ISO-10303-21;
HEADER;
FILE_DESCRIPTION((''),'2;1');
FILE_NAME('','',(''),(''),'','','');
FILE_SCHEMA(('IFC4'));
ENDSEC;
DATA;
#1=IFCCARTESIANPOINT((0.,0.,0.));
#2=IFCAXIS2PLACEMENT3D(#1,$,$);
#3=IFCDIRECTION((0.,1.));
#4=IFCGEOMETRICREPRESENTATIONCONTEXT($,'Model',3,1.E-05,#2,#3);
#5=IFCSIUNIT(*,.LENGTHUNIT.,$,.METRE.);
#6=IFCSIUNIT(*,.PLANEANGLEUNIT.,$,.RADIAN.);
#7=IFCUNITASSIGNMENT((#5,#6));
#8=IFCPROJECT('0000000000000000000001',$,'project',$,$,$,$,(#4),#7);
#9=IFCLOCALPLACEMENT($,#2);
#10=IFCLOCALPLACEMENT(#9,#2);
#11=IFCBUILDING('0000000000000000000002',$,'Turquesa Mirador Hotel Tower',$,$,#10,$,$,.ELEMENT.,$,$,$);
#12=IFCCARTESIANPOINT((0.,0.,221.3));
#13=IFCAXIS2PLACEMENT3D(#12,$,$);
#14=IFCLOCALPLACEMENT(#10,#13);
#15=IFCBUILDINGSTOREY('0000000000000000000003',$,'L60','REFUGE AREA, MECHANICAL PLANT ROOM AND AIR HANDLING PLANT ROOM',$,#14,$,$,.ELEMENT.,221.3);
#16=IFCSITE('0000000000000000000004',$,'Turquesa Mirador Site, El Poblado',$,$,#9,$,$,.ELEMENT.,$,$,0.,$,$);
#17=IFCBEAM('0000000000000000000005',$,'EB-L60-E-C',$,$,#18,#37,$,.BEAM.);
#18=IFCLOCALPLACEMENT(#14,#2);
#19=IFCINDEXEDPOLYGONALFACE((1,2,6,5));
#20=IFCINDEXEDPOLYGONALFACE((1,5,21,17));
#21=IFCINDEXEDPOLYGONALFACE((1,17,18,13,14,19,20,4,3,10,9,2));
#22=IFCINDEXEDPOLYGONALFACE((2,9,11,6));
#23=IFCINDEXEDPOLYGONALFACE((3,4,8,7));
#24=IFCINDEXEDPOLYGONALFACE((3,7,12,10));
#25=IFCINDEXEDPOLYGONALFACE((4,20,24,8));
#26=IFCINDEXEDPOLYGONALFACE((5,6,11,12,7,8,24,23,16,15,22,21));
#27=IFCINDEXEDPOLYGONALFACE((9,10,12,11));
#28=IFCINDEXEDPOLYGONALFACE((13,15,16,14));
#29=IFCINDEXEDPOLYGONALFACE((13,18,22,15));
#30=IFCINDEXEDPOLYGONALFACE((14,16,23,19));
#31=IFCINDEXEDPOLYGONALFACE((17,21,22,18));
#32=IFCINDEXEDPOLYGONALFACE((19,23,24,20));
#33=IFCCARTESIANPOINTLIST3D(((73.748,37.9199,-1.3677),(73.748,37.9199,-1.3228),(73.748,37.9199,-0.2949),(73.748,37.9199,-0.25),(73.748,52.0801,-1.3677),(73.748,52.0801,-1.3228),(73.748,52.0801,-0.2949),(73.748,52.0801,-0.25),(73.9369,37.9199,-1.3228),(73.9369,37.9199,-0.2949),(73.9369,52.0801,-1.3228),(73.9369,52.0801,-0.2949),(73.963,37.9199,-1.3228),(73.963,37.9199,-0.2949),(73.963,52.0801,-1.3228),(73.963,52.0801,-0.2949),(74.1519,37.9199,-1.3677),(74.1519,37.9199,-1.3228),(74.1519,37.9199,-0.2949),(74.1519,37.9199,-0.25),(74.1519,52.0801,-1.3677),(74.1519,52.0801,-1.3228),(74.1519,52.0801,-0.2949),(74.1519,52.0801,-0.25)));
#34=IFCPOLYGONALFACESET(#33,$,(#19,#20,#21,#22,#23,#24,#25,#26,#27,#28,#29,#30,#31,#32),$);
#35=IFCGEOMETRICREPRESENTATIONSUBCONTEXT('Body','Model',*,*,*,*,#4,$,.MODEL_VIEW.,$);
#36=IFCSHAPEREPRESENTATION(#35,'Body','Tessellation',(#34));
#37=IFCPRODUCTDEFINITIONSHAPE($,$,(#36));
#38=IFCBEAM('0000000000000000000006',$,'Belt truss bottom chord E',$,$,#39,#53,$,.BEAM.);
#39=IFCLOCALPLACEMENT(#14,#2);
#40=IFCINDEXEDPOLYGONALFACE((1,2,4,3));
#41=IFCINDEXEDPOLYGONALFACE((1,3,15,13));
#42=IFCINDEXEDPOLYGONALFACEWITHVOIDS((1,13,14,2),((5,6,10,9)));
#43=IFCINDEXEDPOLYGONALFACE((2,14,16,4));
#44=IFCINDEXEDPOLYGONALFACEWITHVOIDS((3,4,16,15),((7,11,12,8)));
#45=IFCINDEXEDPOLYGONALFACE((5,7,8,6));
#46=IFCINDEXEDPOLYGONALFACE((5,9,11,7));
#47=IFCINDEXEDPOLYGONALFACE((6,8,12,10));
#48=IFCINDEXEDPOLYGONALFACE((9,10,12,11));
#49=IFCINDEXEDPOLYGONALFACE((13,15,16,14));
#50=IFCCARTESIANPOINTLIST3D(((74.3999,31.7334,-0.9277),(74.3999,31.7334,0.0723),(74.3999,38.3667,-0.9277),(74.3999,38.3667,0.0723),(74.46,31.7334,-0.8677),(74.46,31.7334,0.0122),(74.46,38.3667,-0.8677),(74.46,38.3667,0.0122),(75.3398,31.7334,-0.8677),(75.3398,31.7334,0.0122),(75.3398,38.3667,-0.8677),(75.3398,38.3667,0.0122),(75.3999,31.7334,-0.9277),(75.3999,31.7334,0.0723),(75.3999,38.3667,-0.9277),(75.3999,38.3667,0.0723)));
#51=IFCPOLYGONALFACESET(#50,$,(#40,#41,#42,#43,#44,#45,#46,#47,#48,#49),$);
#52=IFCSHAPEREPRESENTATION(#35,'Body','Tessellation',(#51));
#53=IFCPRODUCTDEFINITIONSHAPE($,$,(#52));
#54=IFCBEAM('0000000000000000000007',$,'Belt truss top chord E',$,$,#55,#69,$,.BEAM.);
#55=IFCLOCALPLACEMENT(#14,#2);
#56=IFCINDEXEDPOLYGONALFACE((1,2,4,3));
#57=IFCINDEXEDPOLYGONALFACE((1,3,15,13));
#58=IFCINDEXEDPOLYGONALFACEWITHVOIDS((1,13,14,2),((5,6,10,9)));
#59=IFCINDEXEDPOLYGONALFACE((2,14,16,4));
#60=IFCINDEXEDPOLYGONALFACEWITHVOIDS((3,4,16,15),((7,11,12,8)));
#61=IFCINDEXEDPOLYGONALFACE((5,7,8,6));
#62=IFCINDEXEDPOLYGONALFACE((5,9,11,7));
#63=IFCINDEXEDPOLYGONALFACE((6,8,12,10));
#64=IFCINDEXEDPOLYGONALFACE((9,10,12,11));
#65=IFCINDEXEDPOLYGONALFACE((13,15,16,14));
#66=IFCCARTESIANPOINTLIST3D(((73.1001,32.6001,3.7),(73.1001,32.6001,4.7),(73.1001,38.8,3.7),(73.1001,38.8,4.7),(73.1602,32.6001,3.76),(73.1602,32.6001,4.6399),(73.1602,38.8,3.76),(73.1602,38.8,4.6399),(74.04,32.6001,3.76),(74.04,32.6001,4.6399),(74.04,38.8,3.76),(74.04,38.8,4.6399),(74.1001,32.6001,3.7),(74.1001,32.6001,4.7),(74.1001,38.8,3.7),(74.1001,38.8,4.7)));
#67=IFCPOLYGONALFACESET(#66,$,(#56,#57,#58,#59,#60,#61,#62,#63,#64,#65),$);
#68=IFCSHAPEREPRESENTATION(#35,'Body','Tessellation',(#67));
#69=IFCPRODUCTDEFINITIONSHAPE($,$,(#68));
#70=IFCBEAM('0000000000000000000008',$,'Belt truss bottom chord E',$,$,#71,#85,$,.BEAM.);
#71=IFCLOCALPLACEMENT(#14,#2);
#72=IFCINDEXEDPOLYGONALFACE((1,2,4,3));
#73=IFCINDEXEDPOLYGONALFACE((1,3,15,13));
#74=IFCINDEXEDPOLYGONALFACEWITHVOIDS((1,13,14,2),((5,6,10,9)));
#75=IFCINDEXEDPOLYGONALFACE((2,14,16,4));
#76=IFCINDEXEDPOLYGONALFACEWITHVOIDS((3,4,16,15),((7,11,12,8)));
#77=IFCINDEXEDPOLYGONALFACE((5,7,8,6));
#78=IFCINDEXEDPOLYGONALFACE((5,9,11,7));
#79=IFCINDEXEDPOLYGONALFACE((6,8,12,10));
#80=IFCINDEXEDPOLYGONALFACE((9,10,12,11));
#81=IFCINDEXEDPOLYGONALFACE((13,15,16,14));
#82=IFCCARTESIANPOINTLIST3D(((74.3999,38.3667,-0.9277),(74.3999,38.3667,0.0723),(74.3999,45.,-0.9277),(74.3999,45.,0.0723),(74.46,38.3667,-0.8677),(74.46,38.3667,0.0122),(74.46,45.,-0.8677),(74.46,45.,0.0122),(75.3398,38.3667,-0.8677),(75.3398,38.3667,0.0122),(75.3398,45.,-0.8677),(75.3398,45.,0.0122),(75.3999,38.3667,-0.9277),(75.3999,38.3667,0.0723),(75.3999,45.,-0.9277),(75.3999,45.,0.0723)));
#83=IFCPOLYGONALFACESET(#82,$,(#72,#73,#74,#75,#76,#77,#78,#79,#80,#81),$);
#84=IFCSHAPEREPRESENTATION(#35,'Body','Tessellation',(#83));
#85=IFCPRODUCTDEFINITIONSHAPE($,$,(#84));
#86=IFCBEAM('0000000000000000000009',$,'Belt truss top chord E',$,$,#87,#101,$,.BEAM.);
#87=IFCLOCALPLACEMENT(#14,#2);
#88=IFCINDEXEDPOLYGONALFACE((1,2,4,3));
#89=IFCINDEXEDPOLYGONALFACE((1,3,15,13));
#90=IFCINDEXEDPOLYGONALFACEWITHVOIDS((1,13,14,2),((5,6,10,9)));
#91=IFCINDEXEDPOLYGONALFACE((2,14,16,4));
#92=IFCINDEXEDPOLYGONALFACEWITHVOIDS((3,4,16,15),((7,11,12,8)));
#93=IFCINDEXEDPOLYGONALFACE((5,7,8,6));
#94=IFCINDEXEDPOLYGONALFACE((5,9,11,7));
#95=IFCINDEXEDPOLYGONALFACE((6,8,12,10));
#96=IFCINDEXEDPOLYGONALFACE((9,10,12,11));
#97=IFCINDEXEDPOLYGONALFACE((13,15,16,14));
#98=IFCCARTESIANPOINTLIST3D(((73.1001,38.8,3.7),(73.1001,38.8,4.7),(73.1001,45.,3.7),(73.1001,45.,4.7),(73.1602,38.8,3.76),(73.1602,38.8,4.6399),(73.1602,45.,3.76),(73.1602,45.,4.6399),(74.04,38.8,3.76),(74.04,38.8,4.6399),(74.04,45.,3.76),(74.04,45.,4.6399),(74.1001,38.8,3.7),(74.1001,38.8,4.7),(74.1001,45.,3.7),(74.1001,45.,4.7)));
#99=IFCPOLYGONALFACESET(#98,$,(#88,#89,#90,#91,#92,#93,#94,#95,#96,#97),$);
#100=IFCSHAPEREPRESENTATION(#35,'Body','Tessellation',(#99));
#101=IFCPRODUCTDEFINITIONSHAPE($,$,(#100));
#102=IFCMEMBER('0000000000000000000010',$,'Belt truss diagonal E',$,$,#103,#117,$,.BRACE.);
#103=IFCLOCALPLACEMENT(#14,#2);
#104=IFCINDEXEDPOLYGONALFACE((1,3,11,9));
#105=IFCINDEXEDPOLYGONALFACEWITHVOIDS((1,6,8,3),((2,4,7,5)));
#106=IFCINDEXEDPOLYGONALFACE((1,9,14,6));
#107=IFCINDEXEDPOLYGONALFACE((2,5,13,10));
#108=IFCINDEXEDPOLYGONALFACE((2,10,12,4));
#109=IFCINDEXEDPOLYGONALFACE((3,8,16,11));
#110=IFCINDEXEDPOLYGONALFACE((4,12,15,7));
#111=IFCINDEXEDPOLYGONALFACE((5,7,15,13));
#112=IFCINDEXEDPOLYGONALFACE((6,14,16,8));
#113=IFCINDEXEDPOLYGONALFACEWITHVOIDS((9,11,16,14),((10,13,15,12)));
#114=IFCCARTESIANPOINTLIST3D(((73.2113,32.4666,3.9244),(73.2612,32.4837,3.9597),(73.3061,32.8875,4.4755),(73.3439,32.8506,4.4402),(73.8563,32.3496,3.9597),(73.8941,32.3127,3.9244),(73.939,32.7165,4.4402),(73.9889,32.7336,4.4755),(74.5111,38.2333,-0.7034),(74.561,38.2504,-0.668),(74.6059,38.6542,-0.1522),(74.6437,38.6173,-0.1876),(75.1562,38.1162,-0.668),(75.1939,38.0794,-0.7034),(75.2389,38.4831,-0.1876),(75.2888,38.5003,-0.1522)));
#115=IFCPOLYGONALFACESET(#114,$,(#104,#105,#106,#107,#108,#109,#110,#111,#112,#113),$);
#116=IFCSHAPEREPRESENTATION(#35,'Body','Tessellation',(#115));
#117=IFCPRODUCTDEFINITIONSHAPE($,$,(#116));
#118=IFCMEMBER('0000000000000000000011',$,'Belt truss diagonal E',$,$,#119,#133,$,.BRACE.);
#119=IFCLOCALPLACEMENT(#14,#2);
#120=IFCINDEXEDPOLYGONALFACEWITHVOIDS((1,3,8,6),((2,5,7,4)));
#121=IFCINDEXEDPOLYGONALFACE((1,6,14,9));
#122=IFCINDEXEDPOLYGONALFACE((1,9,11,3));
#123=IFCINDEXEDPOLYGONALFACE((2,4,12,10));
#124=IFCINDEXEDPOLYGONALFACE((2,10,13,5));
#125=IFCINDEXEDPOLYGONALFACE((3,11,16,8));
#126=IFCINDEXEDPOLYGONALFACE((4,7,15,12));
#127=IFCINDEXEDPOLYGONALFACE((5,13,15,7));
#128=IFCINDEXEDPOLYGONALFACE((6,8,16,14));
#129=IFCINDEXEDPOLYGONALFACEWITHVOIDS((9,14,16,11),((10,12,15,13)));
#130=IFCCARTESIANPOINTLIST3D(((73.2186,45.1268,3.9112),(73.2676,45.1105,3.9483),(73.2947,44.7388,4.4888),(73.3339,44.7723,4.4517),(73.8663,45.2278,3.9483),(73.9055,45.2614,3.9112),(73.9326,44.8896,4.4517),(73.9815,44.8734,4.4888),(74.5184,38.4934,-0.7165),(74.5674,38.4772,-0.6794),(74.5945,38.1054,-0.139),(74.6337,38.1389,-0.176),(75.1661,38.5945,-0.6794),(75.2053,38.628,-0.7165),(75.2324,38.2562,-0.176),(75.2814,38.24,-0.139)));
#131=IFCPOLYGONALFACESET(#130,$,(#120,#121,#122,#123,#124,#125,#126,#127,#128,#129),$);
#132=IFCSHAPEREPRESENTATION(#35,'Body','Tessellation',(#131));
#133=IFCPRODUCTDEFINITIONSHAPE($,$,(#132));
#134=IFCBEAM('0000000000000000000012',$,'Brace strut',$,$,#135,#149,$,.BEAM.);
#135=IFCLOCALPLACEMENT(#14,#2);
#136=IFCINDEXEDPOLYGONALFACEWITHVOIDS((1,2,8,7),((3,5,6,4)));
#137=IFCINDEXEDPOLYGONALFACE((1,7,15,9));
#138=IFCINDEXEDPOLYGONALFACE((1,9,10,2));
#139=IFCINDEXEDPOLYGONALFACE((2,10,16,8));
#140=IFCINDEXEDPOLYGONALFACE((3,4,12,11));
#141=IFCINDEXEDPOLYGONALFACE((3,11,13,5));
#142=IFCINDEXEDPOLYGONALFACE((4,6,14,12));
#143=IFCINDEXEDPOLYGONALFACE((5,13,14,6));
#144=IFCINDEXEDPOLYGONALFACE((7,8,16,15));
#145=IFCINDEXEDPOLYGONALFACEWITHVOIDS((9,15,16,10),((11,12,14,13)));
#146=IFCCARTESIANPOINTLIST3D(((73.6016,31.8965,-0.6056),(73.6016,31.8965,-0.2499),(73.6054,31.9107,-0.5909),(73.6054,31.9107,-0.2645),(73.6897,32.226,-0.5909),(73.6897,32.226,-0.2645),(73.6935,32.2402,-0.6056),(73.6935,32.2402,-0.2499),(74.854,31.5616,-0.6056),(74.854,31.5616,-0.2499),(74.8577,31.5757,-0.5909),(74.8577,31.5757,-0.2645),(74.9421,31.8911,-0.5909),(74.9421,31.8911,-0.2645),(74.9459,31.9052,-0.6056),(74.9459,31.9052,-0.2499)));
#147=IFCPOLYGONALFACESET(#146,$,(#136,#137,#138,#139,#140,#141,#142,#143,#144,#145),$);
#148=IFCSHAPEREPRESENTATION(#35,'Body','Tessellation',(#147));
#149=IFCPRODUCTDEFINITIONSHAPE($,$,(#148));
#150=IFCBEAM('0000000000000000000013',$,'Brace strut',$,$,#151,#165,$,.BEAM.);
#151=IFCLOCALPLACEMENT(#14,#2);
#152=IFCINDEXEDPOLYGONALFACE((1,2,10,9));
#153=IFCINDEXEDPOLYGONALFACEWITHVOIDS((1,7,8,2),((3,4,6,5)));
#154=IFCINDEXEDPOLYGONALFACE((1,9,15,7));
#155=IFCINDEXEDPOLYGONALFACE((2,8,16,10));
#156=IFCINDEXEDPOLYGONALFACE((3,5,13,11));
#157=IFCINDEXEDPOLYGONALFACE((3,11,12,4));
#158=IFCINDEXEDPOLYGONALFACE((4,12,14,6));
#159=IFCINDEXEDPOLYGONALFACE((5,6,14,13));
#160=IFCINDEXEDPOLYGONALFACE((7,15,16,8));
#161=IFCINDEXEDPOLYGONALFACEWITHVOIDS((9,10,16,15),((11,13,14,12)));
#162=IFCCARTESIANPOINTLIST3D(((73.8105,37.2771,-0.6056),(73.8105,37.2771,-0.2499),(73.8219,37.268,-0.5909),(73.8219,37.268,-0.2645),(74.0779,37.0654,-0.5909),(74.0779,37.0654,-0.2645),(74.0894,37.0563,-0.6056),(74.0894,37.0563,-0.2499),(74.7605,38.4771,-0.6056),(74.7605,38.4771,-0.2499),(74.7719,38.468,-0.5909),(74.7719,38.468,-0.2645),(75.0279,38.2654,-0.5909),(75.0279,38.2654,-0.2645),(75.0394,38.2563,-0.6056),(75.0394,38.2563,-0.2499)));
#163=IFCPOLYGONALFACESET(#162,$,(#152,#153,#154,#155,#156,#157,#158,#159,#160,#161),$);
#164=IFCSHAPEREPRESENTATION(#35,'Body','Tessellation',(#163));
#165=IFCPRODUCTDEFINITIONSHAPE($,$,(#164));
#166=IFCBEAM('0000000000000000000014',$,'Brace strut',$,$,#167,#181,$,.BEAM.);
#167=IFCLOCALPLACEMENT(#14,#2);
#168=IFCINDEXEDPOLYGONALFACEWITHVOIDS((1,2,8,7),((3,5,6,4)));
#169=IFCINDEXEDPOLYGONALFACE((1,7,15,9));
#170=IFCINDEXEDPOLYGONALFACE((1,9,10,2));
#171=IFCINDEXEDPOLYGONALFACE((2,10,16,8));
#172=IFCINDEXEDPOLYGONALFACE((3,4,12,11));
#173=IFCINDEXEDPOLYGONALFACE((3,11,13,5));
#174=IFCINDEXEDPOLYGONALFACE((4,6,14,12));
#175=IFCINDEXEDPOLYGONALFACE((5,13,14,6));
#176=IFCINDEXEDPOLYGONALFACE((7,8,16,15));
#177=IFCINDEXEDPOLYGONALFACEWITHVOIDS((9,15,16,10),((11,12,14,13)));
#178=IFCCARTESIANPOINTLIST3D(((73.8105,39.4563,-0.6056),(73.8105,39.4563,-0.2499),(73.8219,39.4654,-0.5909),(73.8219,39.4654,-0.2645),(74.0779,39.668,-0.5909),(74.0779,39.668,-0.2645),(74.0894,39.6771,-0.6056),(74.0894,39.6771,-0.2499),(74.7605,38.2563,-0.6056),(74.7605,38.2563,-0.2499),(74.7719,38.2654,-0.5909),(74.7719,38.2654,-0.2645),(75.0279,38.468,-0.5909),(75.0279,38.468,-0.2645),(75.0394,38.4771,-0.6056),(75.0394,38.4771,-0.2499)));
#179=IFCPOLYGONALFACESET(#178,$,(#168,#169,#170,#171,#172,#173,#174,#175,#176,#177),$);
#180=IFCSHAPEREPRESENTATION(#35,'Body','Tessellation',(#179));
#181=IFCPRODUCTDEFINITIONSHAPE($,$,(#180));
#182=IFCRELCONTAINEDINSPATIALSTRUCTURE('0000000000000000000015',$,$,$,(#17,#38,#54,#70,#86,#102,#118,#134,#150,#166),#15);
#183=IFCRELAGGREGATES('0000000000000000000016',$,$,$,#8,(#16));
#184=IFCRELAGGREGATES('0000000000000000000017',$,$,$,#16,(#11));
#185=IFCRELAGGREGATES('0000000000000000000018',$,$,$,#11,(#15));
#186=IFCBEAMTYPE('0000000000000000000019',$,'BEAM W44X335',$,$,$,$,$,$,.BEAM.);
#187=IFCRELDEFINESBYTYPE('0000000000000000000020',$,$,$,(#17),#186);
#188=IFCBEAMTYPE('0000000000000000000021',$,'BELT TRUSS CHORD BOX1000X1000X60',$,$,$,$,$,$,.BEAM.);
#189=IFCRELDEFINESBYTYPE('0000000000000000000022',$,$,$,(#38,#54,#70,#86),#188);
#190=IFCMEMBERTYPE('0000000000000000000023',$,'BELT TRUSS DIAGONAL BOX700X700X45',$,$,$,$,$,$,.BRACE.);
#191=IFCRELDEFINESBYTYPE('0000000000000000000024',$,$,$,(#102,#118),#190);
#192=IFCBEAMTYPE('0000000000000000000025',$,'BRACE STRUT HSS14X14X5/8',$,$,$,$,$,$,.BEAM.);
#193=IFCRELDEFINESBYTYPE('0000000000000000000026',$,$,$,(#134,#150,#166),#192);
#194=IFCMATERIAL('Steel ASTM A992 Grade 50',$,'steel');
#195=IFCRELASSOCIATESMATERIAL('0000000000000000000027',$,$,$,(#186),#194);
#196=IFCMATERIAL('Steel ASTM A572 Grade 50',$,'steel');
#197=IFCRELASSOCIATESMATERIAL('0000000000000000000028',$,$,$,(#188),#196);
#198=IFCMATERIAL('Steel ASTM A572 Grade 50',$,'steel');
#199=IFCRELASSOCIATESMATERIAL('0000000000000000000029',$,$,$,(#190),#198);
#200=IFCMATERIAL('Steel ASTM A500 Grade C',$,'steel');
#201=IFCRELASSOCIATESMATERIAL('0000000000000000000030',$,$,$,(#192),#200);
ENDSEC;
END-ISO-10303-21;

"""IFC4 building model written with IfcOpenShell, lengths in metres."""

from ifc_helpers import new_model, si_unit, direction, frame, origin, origin_2d, place, context, subcontext, project, spatial, hollow_rectangle, i_section, extrude, material, material_profile, profile_set, type_object, element, save


model = new_model("IFC4")

# Units and contexts
model_context = context("Model", 3, precision=1e-05, world=origin(), true_north=direction((0.0, 1.0)))
body_context = subcontext(model_context, "Body", "Model", "MODEL_VIEW")
ifc_project = project(units=[si_unit("LENGTHUNIT", "METRE"), si_unit("PLANEANGLEUNIT", "RADIAN")], contexts=[model_context])

# Site, building, storey
site_placement = place(None, origin())
site = spatial("IfcSite", under=ifc_project, at=site_placement, Name="Turquesa Mirador Site, El Poblado", CompositionType="ELEMENT", RefElevation=0.0)
building_placement = place(site_placement, origin())
building = spatial("IfcBuilding", under=site, at=building_placement, Name="Turquesa Mirador Hotel Tower", CompositionType="ELEMENT")
storey_placement = place(building_placement, frame((0.0, 0.0, 221.3)))
storey = spatial("IfcBuildingStorey", under=building, at=storey_placement, Name="L60", Description="REFUGE AREA, MECHANICAL PLANT ROOM AND AIR HANDLING PLANT ROOM", CompositionType="ELEMENT", Elevation=221.3)

# Beams
ifc_material_1 = material(Name="Steel ASTM A992 Grade 50", Category="steel")
ifc_material_profile_1 = material_profile(ifc_material_1, i_section(OverallWidth=0.4038, OverallDepth=1.1177, WebThickness=0.0261, FlangeThickness=0.0449, at=origin_2d()), Name="W44X335")
ifc_profile_set_1 = profile_set([ifc_material_profile_1], Name="Steel ASTM A992 Grade 50")
beam_type_1 = type_object("IfcBeamType", Name="BEAM W44X335", PredefinedType="BEAM", material=ifc_profile_set_1)
beam_1_placement = place(storey_placement, frame((73.95, 37.9199, -0.8088), z_axis=(0.0, 1.0, 0.0), x_axis=(-1.0, 0.0, 0.0)))
element("IfcBeam", 1, at=beam_1_placement, inside=storey, type_object=beam_type_1, Name="EB-L60-E-C", PredefinedType="BEAM", context=body_context, shape_type="SweptSolid", body=[
    extrude(i_section(OverallWidth=0.4038, OverallDepth=1.1177, WebThickness=0.0261, FlangeThickness=0.0449, at=origin_2d()), origin(), (0.0, 0.0, 1.0), 14.1602),
])
ifc_material_2 = material(Name="Steel ASTM A572 Grade 50", Category="steel")
ifc_material_profile_2 = material_profile(ifc_material_2, hollow_rectangle(XDim=1.0, YDim=1.0, WallThickness=0.0601, at=origin_2d()), Name="BOX1000X1000X60")
ifc_profile_set_2 = profile_set([ifc_material_profile_2], Name="Steel ASTM A572 Grade 50")
beam_type_2 = type_object("IfcBeamType", Name="BELT TRUSS CHORD BOX1000X1000X60", PredefinedType="BEAM", material=ifc_profile_set_2)
beam_2_placement = place(storey_placement, frame((74.8999, 31.7334, -0.4277), z_axis=(0.0, 1.0, 0.0), x_axis=(-1.0, 0.0, 0.0)))
element("IfcBeam", 2, at=beam_2_placement, inside=storey, type_object=beam_type_2, Name="Belt truss bottom chord E", PredefinedType="BEAM", context=body_context, shape_type="SweptSolid", body=[
    extrude(hollow_rectangle(XDim=1.0, YDim=1.0, WallThickness=0.0601, at=origin_2d()), origin(), (0.0, 0.0, 1.0), 6.6333),
])
beam_3_placement = place(storey_placement, frame((73.6001, 32.6001, 4.2), z_axis=(0.0, 1.0, 0.0), x_axis=(-1.0, 0.0, 0.0)))
element("IfcBeam", 3, at=beam_3_placement, inside=storey, type_object=beam_type_2, Name="Belt truss top chord E", PredefinedType="BEAM", context=body_context, shape_type="SweptSolid", body=[
    extrude(hollow_rectangle(XDim=1.0, YDim=1.0, WallThickness=0.0601, at=origin_2d()), origin(), (0.0, 0.0, 1.0), 6.2),
])
beam_4_placement = place(storey_placement, frame((74.8999, 38.3667, -0.4277), z_axis=(0.0, 1.0, 0.0), x_axis=(-1.0, 0.0, 0.0)))
element("IfcBeam", 4, at=beam_4_placement, inside=storey, type_object=beam_type_2, Name="Belt truss bottom chord E", PredefinedType="BEAM", context=body_context, shape_type="SweptSolid", body=[
    extrude(hollow_rectangle(XDim=1.0, YDim=1.0, WallThickness=0.0601, at=origin_2d()), origin(), (0.0, 0.0, 1.0), 6.6333),
])
beam_5_placement = place(storey_placement, frame((73.6001, 38.8, 4.2), z_axis=(0.0, 1.0, 0.0), x_axis=(-1.0, 0.0, 0.0)))
element("IfcBeam", 5, at=beam_5_placement, inside=storey, type_object=beam_type_2, Name="Belt truss top chord E", PredefinedType="BEAM", context=body_context, shape_type="SweptSolid", body=[
    extrude(hollow_rectangle(XDim=1.0, YDim=1.0, WallThickness=0.0601, at=origin_2d()), origin(), (0.0, 0.0, 1.0), 6.2),
])

# Members
ifc_material_3 = material(Name="Steel ASTM A572 Grade 50", Category="steel")
ifc_material_profile_3 = material_profile(ifc_material_3, hollow_rectangle(XDim=0.7, YDim=0.7, WallThickness=0.0449, at=origin_2d()), Name="BOX700X700X45")
ifc_profile_set_3 = profile_set([ifc_material_profile_3], Name="Steel ASTM A572 Grade 50")
member_type = type_object("IfcMemberType", Name="BELT TRUSS DIAGONAL BOX700X700X45", PredefinedType="BRACE", material=ifc_profile_set_3)
member_1_placement = place(storey_placement, frame((73.6001, 32.6001, 4.2), z_axis=(0.17314, 0.768139, -0.61643), x_axis=(-0.975526, 0.219886, 0.0)))
element("IfcMember", 6, at=member_1_placement, inside=storey, type_object=member_type, Name="Belt truss diagonal E", PredefinedType="BRACE", context=body_context, shape_type="SweptSolid", body=[
    extrude(hollow_rectangle(XDim=0.7, YDim=0.7, WallThickness=0.0449, at=origin_2d()), origin(), (0.0, 0.0, 1.0), 7.5073),
])
member_2_placement = place(storey_placement, frame((74.8999, 38.3667, -0.4277), z_axis=(-0.158671, 0.809749, 0.564917), x_axis=(-0.981337, -0.192294, 0.0)))
element("IfcMember", 7, at=member_2_placement, inside=storey, type_object=member_type, Name="Belt truss diagonal E", PredefinedType="BRACE", context=body_context, shape_type="SweptSolid", body=[
    extrude(hollow_rectangle(XDim=0.7, YDim=0.7, WallThickness=0.0449, at=origin_2d()), origin(), (0.0, 0.0, 1.0), 8.1919),
])

# Beams
ifc_material_4 = material(Name="Steel ASTM A500 Grade C", Category="steel")
ifc_material_profile_4 = material_profile(ifc_material_4, hollow_rectangle(XDim=0.3557, YDim=0.3557, WallThickness=0.0146, at=origin_2d()), Name="HSS14X14X5/8")
ifc_profile_set_4 = profile_set([ifc_material_profile_4], Name="Steel ASTM A500 Grade C")
beam_type_3 = type_object("IfcBeamType", Name="BRACE STRUT HSS14X14X5/8", PredefinedType="BEAM", material=ifc_profile_set_4)
beam_6_placement = place(storey_placement, frame((74.8999, 31.7334, -0.4277), z_axis=(-0.966047, 0.258366, 0.0), x_axis=(-0.258366, -0.966047, 0.0)))
element("IfcBeam", 8, at=beam_6_placement, inside=storey, type_object=beam_type_3, Name="Brace strut", PredefinedType="BEAM", context=body_context, shape_type="SweptSolid", body=[
    extrude(hollow_rectangle(XDim=0.3557, YDim=0.3557, WallThickness=0.0146, at=origin_2d()), origin(), (0.0, 0.0, 1.0), 1.2964),
])
for number, where, z_axis, x_axis, name in (
    (9, (74.8999, 38.3667, -0.4277), (-0.620699, -0.784049, 0.0), (0.784049, -0.620699, 0.0), "Brace strut"),
    (10, (74.8999, 38.3667, -0.4277), (-0.620699, 0.784049, 0.0), (-0.784049, -0.620699, 0.0), "Brace strut"),
):
    element("IfcBeam", number, at=place(storey_placement, frame(where, z_axis=z_axis, x_axis=x_axis)), inside=storey, type_object=beam_type_3, Name=name, PredefinedType="BEAM", context=body_context, shape_type="SweptSolid", body=[
        extrude(hollow_rectangle(XDim=0.3557, YDim=0.3557, WallThickness=0.0146, at=origin_2d()), origin(), (0.0, 0.0, 1.0), 1.5305),
    ])

save(model, "model.ifc")
